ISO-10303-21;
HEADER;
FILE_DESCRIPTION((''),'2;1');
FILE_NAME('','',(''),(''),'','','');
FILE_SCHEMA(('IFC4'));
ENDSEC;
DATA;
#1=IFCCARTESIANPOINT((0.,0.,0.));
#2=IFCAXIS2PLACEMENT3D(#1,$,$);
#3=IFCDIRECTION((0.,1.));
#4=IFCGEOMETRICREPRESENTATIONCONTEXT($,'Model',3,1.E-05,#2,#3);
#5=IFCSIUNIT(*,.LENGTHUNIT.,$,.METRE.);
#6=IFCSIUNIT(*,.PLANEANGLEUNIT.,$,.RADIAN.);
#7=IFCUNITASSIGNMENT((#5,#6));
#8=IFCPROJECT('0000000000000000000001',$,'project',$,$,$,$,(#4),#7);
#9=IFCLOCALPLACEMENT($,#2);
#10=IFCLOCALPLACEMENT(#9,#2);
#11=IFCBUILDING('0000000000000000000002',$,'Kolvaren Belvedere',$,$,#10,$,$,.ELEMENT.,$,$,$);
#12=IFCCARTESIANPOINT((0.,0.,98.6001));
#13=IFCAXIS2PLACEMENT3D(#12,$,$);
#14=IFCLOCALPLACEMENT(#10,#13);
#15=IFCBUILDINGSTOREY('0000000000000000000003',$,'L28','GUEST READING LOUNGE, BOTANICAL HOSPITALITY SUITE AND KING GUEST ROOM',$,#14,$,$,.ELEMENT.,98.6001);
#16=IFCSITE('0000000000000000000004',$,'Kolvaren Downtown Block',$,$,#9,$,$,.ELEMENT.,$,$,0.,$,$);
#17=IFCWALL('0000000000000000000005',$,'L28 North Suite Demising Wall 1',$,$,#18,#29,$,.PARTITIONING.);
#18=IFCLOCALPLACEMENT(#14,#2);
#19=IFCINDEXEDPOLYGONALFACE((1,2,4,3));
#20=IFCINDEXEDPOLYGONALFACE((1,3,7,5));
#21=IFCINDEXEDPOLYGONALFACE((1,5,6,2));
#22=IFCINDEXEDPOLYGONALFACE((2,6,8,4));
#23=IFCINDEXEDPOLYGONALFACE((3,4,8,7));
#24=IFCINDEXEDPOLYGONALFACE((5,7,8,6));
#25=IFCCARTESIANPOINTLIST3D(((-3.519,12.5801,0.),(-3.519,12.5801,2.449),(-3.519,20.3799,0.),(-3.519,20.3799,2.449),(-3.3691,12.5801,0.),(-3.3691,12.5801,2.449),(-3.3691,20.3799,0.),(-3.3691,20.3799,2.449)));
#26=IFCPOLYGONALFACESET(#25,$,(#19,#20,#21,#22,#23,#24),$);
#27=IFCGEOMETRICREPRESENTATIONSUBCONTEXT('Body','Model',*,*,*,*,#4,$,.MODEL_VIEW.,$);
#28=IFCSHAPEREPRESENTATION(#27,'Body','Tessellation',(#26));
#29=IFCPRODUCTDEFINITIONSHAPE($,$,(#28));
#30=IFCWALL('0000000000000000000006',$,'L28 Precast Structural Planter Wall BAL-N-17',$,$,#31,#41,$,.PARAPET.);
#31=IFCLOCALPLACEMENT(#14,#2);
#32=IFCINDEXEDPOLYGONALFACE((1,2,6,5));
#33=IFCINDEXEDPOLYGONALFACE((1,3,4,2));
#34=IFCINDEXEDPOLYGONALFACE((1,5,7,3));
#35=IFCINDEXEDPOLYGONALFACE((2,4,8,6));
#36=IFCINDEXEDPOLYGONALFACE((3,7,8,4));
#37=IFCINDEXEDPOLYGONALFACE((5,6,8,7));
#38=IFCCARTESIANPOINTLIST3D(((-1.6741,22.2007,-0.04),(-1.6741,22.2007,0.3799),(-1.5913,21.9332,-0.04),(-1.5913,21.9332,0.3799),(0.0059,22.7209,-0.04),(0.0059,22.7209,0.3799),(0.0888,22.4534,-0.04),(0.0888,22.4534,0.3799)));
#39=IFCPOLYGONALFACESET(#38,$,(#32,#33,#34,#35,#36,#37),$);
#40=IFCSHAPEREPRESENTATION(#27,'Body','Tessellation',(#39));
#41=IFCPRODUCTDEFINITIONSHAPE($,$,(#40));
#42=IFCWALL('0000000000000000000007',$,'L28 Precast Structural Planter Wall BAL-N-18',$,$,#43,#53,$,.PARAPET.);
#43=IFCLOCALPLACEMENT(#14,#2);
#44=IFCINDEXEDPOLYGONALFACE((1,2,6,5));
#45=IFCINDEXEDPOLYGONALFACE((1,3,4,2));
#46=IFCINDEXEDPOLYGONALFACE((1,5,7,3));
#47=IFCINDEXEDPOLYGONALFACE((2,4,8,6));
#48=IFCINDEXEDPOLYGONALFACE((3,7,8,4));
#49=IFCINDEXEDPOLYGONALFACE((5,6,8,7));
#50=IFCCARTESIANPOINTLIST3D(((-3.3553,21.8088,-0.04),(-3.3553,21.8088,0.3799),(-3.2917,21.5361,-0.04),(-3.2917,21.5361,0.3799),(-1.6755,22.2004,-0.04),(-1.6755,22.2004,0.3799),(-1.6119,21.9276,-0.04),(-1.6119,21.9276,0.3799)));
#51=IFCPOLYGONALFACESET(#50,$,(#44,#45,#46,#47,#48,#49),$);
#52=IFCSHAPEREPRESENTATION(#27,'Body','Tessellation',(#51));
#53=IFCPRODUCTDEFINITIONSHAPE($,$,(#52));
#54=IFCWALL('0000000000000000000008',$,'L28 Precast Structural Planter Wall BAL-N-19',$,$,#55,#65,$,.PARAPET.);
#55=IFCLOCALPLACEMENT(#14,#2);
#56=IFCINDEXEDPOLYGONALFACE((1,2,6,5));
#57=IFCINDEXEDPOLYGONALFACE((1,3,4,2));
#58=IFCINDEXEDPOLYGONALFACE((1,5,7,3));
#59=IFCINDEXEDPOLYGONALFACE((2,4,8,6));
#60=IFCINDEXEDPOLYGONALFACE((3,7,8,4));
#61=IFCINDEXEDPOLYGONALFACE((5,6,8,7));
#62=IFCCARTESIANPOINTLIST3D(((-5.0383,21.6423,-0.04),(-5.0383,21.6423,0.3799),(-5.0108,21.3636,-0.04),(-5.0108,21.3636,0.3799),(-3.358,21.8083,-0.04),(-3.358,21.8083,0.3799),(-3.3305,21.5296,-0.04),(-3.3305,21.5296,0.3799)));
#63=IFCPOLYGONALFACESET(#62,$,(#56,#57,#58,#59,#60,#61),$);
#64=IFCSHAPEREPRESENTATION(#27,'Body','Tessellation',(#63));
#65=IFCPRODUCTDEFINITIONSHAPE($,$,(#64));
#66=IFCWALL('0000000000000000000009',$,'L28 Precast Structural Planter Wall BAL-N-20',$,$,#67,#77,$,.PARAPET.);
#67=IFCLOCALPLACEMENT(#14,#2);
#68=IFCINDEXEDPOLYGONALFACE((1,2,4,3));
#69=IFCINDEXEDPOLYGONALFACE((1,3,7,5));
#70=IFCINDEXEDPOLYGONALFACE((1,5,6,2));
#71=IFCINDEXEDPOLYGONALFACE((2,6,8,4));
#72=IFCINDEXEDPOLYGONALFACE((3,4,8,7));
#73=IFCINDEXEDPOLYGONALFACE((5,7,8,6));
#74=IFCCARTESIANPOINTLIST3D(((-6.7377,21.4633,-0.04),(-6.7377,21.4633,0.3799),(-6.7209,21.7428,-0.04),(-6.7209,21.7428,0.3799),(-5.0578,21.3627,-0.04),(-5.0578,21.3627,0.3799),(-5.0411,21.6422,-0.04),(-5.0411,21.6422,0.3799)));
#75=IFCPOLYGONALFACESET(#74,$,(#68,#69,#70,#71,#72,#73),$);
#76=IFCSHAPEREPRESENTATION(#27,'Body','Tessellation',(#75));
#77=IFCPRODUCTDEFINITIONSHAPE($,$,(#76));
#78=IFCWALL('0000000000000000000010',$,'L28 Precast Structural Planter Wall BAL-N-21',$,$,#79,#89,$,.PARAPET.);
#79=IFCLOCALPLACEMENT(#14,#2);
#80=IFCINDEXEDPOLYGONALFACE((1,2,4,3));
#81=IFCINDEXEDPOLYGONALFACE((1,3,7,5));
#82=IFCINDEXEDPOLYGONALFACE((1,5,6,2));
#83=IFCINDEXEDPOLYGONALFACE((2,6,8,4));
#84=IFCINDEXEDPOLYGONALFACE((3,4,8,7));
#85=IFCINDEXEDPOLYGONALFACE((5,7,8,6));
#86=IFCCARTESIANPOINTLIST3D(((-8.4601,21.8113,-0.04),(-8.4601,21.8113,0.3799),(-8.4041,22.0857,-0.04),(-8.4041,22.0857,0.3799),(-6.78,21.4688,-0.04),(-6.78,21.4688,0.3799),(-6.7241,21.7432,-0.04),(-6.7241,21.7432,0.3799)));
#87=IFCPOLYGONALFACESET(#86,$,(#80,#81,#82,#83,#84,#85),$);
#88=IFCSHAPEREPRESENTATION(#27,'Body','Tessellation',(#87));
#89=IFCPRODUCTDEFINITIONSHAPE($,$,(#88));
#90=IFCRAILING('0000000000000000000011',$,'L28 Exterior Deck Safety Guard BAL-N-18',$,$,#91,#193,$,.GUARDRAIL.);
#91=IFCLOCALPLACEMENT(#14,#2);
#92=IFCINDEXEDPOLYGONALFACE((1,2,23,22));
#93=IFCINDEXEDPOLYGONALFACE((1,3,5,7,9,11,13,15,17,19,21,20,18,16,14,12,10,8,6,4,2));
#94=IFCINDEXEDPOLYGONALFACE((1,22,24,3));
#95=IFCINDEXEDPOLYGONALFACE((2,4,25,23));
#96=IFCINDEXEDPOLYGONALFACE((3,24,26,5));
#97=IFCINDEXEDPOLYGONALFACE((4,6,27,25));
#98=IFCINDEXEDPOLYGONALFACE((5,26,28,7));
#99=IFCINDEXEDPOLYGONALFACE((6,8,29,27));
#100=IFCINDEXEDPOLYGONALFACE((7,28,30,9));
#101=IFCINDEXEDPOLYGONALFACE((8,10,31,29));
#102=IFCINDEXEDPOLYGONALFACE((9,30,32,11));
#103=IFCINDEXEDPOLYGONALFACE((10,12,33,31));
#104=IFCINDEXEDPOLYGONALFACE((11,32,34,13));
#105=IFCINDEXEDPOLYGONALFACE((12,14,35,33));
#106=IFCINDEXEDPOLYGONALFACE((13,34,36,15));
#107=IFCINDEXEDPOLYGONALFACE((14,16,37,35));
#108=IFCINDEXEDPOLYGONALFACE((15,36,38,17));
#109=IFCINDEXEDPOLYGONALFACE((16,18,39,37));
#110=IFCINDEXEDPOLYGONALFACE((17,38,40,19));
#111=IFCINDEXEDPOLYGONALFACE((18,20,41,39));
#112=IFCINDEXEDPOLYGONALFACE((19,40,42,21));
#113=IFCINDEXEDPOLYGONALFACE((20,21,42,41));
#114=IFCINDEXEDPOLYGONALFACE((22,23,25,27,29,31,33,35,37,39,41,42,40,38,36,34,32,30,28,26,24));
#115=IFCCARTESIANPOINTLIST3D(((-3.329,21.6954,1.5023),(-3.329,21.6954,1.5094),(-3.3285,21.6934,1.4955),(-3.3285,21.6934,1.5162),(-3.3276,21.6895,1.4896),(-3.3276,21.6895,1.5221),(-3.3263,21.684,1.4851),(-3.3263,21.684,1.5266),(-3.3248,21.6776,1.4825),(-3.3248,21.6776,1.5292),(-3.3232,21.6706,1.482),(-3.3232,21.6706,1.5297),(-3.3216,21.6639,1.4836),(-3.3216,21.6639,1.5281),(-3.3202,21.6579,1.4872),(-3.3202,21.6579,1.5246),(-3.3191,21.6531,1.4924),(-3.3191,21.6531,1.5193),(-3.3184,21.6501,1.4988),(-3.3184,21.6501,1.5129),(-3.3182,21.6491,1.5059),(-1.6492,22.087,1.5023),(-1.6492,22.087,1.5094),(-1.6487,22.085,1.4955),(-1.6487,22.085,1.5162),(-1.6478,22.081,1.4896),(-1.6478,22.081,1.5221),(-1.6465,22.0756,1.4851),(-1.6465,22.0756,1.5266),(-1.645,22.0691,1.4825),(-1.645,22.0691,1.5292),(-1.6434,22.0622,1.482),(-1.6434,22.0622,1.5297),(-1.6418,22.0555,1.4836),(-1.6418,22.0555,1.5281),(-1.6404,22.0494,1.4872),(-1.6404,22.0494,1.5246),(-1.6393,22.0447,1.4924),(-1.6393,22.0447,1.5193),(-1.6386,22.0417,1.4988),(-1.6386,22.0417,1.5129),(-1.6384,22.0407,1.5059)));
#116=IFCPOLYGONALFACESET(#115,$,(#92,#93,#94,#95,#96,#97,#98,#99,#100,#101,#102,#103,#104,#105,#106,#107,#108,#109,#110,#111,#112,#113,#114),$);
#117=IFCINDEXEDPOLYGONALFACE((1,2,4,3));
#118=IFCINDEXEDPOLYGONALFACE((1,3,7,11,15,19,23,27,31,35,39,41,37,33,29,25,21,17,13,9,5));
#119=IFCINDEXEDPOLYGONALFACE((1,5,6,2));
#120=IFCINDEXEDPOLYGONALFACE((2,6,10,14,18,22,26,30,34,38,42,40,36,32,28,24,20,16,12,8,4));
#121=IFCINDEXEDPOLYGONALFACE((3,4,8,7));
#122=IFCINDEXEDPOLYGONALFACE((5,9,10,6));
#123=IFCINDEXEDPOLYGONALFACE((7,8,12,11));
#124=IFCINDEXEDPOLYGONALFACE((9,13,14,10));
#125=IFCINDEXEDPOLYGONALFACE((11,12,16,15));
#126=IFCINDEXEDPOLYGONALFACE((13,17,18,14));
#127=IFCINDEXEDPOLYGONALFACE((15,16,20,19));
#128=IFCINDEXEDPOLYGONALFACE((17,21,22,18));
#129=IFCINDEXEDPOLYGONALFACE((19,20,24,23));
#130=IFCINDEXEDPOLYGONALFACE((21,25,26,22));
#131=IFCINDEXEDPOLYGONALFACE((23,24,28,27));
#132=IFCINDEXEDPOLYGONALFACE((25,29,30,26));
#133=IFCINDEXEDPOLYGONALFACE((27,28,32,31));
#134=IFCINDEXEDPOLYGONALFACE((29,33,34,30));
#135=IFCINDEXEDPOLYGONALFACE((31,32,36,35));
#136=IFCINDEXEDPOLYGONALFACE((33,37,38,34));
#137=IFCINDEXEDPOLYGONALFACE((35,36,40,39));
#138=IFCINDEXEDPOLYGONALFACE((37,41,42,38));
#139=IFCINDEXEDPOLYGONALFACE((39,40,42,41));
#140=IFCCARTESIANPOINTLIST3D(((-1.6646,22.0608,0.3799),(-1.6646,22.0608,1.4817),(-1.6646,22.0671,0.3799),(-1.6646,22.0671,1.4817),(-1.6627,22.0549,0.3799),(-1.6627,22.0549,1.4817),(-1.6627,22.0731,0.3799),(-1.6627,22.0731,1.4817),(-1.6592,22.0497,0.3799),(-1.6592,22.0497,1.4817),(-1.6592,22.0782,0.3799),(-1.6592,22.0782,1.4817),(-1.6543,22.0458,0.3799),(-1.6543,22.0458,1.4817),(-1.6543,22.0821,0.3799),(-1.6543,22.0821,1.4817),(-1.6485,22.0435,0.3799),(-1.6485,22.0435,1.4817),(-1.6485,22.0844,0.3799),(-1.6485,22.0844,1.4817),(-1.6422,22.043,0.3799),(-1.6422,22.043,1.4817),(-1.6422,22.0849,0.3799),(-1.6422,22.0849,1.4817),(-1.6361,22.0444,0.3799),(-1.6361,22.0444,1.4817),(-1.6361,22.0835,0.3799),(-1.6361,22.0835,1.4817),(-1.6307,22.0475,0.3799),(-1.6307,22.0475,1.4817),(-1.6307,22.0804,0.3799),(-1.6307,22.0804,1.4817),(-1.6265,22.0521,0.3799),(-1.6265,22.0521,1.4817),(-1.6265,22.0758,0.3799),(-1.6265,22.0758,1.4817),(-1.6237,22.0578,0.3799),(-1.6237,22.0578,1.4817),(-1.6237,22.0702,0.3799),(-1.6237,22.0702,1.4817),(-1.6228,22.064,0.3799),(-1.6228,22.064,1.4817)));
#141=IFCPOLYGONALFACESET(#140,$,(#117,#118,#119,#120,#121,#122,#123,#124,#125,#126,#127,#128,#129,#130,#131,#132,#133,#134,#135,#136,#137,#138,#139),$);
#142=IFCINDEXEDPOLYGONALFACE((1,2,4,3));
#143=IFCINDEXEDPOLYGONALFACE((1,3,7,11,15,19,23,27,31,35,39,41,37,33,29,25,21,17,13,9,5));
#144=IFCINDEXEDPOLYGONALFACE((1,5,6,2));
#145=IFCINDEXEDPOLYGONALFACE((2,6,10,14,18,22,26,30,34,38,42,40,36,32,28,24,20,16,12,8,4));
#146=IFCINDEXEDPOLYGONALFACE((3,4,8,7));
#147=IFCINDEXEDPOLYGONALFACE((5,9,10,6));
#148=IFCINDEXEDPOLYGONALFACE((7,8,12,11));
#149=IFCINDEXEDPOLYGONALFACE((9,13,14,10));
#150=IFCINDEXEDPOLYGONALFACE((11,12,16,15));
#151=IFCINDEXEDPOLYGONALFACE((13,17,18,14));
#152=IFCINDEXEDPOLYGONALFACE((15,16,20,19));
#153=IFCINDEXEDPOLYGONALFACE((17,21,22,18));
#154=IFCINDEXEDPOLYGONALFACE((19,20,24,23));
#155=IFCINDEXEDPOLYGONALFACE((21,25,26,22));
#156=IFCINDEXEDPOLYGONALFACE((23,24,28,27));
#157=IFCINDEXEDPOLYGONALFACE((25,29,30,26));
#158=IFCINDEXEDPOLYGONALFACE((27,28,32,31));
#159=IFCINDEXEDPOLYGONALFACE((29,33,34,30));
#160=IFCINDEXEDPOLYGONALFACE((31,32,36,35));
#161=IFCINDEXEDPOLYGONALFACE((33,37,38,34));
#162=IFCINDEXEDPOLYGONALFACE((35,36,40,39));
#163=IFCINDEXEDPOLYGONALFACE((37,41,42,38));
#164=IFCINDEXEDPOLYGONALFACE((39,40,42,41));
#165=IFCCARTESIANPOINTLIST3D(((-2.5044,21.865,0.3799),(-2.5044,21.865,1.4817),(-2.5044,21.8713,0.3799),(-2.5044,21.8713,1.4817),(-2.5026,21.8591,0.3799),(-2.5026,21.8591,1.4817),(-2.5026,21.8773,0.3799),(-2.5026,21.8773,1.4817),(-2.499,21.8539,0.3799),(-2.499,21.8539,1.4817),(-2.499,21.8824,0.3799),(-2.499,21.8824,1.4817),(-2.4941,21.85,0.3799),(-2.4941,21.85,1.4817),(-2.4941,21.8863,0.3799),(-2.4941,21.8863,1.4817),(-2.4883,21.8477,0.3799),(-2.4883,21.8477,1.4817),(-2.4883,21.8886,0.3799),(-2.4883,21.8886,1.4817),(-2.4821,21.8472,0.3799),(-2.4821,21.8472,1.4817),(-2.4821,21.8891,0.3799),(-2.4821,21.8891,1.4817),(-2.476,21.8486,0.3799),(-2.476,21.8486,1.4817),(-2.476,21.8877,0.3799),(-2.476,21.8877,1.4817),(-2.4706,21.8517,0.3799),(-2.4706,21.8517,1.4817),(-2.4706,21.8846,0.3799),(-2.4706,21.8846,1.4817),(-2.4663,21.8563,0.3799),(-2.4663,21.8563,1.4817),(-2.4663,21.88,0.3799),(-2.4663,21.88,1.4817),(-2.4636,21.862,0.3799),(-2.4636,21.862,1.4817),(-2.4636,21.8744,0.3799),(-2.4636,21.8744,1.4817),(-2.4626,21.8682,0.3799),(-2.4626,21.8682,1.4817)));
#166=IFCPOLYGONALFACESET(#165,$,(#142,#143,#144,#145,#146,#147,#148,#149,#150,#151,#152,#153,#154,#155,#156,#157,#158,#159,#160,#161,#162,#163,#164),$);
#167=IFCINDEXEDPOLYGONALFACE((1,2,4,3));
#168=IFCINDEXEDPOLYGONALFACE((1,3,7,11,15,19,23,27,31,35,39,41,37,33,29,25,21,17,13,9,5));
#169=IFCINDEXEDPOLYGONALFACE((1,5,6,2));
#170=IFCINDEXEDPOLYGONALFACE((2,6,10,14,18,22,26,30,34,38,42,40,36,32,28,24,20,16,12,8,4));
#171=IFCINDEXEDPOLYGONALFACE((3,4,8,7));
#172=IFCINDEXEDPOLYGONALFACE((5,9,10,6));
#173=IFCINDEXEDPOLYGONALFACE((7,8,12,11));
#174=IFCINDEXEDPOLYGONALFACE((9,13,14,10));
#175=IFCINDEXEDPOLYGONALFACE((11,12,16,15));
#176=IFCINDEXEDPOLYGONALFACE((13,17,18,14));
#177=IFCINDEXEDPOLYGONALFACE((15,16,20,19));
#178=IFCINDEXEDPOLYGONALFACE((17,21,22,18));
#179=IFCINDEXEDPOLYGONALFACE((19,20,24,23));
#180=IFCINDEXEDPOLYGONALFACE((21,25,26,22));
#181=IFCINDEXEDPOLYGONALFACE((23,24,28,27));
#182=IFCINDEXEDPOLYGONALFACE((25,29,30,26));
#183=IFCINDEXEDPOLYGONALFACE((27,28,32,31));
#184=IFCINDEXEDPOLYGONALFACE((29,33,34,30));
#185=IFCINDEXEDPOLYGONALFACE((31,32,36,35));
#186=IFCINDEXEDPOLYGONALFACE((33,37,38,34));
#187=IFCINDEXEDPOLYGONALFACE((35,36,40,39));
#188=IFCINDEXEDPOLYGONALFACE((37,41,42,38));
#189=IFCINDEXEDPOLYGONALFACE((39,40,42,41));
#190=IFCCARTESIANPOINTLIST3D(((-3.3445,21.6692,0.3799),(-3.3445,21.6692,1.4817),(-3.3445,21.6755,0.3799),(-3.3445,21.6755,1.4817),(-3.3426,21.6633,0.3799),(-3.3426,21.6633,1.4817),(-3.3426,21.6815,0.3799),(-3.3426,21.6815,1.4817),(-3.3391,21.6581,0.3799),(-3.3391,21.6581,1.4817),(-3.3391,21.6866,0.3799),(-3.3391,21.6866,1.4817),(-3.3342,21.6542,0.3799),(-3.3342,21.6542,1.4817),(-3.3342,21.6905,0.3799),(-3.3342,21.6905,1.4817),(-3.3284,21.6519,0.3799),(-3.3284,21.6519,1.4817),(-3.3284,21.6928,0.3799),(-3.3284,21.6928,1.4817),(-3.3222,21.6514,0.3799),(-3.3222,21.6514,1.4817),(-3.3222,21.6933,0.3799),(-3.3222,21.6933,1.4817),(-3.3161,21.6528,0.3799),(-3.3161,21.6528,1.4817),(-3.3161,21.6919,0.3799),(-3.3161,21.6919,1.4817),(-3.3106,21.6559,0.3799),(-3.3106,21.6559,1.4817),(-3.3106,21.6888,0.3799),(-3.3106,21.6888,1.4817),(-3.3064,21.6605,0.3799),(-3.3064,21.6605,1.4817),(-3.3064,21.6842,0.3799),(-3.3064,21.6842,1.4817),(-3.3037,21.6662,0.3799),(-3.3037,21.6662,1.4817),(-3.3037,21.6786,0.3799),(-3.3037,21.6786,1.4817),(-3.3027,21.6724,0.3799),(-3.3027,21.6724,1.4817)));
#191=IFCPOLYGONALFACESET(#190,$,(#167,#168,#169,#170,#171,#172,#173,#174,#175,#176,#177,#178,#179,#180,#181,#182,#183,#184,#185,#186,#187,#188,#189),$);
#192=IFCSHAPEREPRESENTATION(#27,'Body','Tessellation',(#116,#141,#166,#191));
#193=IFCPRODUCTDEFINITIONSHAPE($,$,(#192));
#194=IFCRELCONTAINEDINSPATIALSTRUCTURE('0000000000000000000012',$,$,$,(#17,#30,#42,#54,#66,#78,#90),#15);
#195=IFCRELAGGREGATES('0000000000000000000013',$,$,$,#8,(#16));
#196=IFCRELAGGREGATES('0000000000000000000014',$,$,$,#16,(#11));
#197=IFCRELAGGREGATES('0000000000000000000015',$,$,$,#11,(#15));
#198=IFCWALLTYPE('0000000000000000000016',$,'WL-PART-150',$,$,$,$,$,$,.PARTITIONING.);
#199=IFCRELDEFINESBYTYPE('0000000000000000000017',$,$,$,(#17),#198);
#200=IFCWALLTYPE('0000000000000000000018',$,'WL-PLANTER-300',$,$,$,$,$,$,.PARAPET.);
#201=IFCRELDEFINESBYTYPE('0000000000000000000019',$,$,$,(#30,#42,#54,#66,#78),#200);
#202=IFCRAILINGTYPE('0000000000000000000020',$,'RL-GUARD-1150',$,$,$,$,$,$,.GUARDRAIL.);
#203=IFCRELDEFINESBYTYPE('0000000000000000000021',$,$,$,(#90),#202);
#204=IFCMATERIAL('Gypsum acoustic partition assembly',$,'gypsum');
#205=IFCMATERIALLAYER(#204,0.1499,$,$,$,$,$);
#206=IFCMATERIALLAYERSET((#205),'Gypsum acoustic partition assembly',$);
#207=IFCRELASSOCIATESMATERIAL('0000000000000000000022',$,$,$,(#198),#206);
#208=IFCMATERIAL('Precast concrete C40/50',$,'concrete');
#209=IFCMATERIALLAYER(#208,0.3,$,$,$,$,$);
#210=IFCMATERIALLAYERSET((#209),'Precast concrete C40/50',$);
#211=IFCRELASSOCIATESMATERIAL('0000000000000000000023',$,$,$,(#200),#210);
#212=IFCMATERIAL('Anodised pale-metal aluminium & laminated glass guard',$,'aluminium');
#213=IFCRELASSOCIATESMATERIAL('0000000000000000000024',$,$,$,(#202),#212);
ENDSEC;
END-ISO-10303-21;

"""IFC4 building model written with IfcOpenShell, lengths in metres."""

from ifc_helpers import new_model, si_unit, direction, frame, frame_2d, origin, origin_2d, place, context, subcontext, project, spatial, rectangle, circle, extrude, material, layer, layer_set, type_object, element, save


model = new_model("IFC4")

# Units and contexts
model_context = context("Model", 3, precision=1e-05, world=origin(), true_north=direction((0.0, 1.0)))
body_context = subcontext(model_context, "Body", "Model", "MODEL_VIEW")
ifc_project = project(units=[si_unit("LENGTHUNIT", "METRE"), si_unit("PLANEANGLEUNIT", "RADIAN")], contexts=[model_context])

# Site, building, storey
site_placement = place(None, origin())
site = spatial("IfcSite", under=ifc_project, at=site_placement, Name="Kolvaren Downtown Block", CompositionType="ELEMENT", RefElevation=0.0)
building_placement = place(site_placement, origin())
building = spatial("IfcBuilding", under=site, at=building_placement, Name="Kolvaren Belvedere", CompositionType="ELEMENT")
storey_placement = place(building_placement, frame((0.0, 0.0, 98.6001)))
storey = spatial("IfcBuildingStorey", under=building, at=storey_placement, Name="L28", Description="GUEST READING LOUNGE, BOTANICAL HOSPITALITY SUITE AND KING GUEST ROOM", CompositionType="ELEMENT", Elevation=98.6001)

# Walls
ifc_material_1 = material(Name="Gypsum acoustic partition assembly", Category="gypsum")
ifc_layer_1 = layer(ifc_material_1, 0.1499)
ifc_layer_set_1 = layer_set([ifc_layer_1], Name="Gypsum acoustic partition assembly")
wall_type_1 = type_object("IfcWallType", Name="WL-PART-150", PredefinedType="PARTITIONING", material=ifc_layer_set_1)
wall_1_placement = place(storey_placement, frame((-3.4441, 12.5801, 0.0), z_axis=(0.0, 0.0, 1.0), x_axis=(0.0, 1.0, 0.0)))
element("IfcWall", 1, at=wall_1_placement, inside=storey, type_object=wall_type_1, Name="L28 North Suite Demising Wall 1", PredefinedType="PARTITIONING", context=body_context, shape_type="SweptSolid", body=[
    extrude(rectangle(XDim=7.7998, YDim=0.1499, at=frame_2d((3.8999, 0.0))), origin(), (0.0, 0.0, 1.0), 2.449),
])
ifc_material_2 = material(Name="Precast concrete C40/50", Category="concrete")
ifc_layer_2 = layer(ifc_material_2, 0.3)
ifc_layer_set_2 = layer_set([ifc_layer_2], Name="Precast concrete C40/50")
wall_type_2 = type_object("IfcWallType", Name="WL-PLANTER-300", PredefinedType="PARAPET", material=ifc_layer_set_2)
wall_2_placement = place(storey_placement, frame((0.0474, 22.5872, -0.04), z_axis=(0.0, 0.0, 1.0), x_axis=(-0.955252, -0.295792, 0.0)))
element("IfcWall", 2, at=wall_2_placement, inside=storey, type_object=wall_type_2, Name="L28 Precast Structural Planter Wall BAL-N-17", PredefinedType="PARAPET", context=body_context, shape_type="SweptSolid", body=[
    extrude(rectangle(XDim=1.7588, YDim=0.28, at=frame_2d((0.8794, 0.0))), origin(), (0.0, 0.0, 1.0), 0.4199),
])
wall_3_placement = place(storey_placement, frame((-1.6438, 22.064, -0.04), z_axis=(0.0, 0.0, 1.0), x_axis=(-0.97389, -0.227019, 0.0)))
element("IfcWall", 3, at=wall_3_placement, inside=storey, type_object=wall_type_2, Name="L28 Precast Structural Planter Wall BAL-N-18", PredefinedType="PARAPET", context=body_context, shape_type="SweptSolid", body=[
    extrude(rectangle(XDim=1.7249, YDim=0.28, at=frame_2d((0.8623, 0.0))), origin(), (0.0, 0.0, 1.0), 0.4199),
])
wall_4_placement = place(storey_placement, frame((-3.3442, 21.6689, -0.04), z_axis=(0.0, 0.0, 1.0), x_axis=(-0.995154, -0.09833, 0.0)))
element("IfcWall", 4, at=wall_4_placement, inside=storey, type_object=wall_type_2, Name="L28 Precast Structural Planter Wall BAL-N-19", PredefinedType="PARAPET", context=body_context, shape_type="SweptSolid", body=[
    extrude(rectangle(XDim=1.6885, YDim=0.28, at=frame_2d((0.8442, 0.0))), origin(), (0.0, 0.0, 1.0), 0.4199),
])
wall_5_placement = place(storey_placement, frame((-5.0496, 21.5024, -0.04), z_axis=(0.0, 0.0, 1.0), x_axis=(-0.998212, 0.059768, 0.0)))
element("IfcWall", 5, at=wall_5_placement, inside=storey, type_object=wall_type_2, Name="L28 Precast Structural Planter Wall BAL-N-20", PredefinedType="PARAPET", context=body_context, shape_type="SweptSolid", body=[
    extrude(rectangle(XDim=1.6829, YDim=0.28, at=frame_2d((0.8413, 0.0))), origin(), (0.0, 0.0, 1.0), 0.4199),
])
wall_6_placement = place(storey_placement, frame((-6.752, 21.606, -0.04), z_axis=(0.0, 0.0, 1.0), x_axis=(-0.97984, 0.199784, 0.0)))
element("IfcWall", 6, at=wall_6_placement, inside=storey, type_object=wall_type_2, Name="L28 Precast Structural Planter Wall BAL-N-21", PredefinedType="PARAPET", context=body_context, shape_type="SweptSolid", body=[
    extrude(rectangle(XDim=1.7146, YDim=0.28, at=frame_2d((0.8574, 0.0))), origin(), (0.0, 0.0, 1.0), 0.4199),
])

# Railing
ifc_material_3 = material(Name="Anodised pale-metal aluminium & laminated glass guard", Category="aluminium")
railing_type = type_object("IfcRailingType", Name="RL-GUARD-1150", PredefinedType="GUARDRAIL", material=ifc_material_3)
railing_1_placement = place(storey_placement, frame((-1.6438, 22.064, 0.3799)))
element("IfcRailing", 7, at=railing_1_placement, inside=storey, type_object=railing_type, Name="L28 Exterior Deck Safety Guard BAL-N-18", PredefinedType="GUARDRAIL", context=body_context, shape_type="SweptSolid", body=[
    extrude(circle(Radius=0.0239, at=origin_2d()), frame((0.0, 0.0, 1.126), z_axis=(-0.97389, -0.227019, 0.0), x_axis=(0.227019, -0.97389, 0.0)), (0.0, 0.0, 1.0), 1.7249),
    extrude(circle(Radius=0.021, at=origin_2d()), origin(), (0.0, 0.0, 1.0), 1.1018),
    extrude(circle(Radius=0.021, at=origin_2d()), frame((-0.8398, -0.1958, 0.0)), (0.0, 0.0, 1.0), 1.1018),
    extrude(circle(Radius=0.021, at=origin_2d()), frame((-1.6799, -0.3916, 0.0)), (0.0, 0.0, 1.0), 1.1018),
])

save(model, "model.ifc")
